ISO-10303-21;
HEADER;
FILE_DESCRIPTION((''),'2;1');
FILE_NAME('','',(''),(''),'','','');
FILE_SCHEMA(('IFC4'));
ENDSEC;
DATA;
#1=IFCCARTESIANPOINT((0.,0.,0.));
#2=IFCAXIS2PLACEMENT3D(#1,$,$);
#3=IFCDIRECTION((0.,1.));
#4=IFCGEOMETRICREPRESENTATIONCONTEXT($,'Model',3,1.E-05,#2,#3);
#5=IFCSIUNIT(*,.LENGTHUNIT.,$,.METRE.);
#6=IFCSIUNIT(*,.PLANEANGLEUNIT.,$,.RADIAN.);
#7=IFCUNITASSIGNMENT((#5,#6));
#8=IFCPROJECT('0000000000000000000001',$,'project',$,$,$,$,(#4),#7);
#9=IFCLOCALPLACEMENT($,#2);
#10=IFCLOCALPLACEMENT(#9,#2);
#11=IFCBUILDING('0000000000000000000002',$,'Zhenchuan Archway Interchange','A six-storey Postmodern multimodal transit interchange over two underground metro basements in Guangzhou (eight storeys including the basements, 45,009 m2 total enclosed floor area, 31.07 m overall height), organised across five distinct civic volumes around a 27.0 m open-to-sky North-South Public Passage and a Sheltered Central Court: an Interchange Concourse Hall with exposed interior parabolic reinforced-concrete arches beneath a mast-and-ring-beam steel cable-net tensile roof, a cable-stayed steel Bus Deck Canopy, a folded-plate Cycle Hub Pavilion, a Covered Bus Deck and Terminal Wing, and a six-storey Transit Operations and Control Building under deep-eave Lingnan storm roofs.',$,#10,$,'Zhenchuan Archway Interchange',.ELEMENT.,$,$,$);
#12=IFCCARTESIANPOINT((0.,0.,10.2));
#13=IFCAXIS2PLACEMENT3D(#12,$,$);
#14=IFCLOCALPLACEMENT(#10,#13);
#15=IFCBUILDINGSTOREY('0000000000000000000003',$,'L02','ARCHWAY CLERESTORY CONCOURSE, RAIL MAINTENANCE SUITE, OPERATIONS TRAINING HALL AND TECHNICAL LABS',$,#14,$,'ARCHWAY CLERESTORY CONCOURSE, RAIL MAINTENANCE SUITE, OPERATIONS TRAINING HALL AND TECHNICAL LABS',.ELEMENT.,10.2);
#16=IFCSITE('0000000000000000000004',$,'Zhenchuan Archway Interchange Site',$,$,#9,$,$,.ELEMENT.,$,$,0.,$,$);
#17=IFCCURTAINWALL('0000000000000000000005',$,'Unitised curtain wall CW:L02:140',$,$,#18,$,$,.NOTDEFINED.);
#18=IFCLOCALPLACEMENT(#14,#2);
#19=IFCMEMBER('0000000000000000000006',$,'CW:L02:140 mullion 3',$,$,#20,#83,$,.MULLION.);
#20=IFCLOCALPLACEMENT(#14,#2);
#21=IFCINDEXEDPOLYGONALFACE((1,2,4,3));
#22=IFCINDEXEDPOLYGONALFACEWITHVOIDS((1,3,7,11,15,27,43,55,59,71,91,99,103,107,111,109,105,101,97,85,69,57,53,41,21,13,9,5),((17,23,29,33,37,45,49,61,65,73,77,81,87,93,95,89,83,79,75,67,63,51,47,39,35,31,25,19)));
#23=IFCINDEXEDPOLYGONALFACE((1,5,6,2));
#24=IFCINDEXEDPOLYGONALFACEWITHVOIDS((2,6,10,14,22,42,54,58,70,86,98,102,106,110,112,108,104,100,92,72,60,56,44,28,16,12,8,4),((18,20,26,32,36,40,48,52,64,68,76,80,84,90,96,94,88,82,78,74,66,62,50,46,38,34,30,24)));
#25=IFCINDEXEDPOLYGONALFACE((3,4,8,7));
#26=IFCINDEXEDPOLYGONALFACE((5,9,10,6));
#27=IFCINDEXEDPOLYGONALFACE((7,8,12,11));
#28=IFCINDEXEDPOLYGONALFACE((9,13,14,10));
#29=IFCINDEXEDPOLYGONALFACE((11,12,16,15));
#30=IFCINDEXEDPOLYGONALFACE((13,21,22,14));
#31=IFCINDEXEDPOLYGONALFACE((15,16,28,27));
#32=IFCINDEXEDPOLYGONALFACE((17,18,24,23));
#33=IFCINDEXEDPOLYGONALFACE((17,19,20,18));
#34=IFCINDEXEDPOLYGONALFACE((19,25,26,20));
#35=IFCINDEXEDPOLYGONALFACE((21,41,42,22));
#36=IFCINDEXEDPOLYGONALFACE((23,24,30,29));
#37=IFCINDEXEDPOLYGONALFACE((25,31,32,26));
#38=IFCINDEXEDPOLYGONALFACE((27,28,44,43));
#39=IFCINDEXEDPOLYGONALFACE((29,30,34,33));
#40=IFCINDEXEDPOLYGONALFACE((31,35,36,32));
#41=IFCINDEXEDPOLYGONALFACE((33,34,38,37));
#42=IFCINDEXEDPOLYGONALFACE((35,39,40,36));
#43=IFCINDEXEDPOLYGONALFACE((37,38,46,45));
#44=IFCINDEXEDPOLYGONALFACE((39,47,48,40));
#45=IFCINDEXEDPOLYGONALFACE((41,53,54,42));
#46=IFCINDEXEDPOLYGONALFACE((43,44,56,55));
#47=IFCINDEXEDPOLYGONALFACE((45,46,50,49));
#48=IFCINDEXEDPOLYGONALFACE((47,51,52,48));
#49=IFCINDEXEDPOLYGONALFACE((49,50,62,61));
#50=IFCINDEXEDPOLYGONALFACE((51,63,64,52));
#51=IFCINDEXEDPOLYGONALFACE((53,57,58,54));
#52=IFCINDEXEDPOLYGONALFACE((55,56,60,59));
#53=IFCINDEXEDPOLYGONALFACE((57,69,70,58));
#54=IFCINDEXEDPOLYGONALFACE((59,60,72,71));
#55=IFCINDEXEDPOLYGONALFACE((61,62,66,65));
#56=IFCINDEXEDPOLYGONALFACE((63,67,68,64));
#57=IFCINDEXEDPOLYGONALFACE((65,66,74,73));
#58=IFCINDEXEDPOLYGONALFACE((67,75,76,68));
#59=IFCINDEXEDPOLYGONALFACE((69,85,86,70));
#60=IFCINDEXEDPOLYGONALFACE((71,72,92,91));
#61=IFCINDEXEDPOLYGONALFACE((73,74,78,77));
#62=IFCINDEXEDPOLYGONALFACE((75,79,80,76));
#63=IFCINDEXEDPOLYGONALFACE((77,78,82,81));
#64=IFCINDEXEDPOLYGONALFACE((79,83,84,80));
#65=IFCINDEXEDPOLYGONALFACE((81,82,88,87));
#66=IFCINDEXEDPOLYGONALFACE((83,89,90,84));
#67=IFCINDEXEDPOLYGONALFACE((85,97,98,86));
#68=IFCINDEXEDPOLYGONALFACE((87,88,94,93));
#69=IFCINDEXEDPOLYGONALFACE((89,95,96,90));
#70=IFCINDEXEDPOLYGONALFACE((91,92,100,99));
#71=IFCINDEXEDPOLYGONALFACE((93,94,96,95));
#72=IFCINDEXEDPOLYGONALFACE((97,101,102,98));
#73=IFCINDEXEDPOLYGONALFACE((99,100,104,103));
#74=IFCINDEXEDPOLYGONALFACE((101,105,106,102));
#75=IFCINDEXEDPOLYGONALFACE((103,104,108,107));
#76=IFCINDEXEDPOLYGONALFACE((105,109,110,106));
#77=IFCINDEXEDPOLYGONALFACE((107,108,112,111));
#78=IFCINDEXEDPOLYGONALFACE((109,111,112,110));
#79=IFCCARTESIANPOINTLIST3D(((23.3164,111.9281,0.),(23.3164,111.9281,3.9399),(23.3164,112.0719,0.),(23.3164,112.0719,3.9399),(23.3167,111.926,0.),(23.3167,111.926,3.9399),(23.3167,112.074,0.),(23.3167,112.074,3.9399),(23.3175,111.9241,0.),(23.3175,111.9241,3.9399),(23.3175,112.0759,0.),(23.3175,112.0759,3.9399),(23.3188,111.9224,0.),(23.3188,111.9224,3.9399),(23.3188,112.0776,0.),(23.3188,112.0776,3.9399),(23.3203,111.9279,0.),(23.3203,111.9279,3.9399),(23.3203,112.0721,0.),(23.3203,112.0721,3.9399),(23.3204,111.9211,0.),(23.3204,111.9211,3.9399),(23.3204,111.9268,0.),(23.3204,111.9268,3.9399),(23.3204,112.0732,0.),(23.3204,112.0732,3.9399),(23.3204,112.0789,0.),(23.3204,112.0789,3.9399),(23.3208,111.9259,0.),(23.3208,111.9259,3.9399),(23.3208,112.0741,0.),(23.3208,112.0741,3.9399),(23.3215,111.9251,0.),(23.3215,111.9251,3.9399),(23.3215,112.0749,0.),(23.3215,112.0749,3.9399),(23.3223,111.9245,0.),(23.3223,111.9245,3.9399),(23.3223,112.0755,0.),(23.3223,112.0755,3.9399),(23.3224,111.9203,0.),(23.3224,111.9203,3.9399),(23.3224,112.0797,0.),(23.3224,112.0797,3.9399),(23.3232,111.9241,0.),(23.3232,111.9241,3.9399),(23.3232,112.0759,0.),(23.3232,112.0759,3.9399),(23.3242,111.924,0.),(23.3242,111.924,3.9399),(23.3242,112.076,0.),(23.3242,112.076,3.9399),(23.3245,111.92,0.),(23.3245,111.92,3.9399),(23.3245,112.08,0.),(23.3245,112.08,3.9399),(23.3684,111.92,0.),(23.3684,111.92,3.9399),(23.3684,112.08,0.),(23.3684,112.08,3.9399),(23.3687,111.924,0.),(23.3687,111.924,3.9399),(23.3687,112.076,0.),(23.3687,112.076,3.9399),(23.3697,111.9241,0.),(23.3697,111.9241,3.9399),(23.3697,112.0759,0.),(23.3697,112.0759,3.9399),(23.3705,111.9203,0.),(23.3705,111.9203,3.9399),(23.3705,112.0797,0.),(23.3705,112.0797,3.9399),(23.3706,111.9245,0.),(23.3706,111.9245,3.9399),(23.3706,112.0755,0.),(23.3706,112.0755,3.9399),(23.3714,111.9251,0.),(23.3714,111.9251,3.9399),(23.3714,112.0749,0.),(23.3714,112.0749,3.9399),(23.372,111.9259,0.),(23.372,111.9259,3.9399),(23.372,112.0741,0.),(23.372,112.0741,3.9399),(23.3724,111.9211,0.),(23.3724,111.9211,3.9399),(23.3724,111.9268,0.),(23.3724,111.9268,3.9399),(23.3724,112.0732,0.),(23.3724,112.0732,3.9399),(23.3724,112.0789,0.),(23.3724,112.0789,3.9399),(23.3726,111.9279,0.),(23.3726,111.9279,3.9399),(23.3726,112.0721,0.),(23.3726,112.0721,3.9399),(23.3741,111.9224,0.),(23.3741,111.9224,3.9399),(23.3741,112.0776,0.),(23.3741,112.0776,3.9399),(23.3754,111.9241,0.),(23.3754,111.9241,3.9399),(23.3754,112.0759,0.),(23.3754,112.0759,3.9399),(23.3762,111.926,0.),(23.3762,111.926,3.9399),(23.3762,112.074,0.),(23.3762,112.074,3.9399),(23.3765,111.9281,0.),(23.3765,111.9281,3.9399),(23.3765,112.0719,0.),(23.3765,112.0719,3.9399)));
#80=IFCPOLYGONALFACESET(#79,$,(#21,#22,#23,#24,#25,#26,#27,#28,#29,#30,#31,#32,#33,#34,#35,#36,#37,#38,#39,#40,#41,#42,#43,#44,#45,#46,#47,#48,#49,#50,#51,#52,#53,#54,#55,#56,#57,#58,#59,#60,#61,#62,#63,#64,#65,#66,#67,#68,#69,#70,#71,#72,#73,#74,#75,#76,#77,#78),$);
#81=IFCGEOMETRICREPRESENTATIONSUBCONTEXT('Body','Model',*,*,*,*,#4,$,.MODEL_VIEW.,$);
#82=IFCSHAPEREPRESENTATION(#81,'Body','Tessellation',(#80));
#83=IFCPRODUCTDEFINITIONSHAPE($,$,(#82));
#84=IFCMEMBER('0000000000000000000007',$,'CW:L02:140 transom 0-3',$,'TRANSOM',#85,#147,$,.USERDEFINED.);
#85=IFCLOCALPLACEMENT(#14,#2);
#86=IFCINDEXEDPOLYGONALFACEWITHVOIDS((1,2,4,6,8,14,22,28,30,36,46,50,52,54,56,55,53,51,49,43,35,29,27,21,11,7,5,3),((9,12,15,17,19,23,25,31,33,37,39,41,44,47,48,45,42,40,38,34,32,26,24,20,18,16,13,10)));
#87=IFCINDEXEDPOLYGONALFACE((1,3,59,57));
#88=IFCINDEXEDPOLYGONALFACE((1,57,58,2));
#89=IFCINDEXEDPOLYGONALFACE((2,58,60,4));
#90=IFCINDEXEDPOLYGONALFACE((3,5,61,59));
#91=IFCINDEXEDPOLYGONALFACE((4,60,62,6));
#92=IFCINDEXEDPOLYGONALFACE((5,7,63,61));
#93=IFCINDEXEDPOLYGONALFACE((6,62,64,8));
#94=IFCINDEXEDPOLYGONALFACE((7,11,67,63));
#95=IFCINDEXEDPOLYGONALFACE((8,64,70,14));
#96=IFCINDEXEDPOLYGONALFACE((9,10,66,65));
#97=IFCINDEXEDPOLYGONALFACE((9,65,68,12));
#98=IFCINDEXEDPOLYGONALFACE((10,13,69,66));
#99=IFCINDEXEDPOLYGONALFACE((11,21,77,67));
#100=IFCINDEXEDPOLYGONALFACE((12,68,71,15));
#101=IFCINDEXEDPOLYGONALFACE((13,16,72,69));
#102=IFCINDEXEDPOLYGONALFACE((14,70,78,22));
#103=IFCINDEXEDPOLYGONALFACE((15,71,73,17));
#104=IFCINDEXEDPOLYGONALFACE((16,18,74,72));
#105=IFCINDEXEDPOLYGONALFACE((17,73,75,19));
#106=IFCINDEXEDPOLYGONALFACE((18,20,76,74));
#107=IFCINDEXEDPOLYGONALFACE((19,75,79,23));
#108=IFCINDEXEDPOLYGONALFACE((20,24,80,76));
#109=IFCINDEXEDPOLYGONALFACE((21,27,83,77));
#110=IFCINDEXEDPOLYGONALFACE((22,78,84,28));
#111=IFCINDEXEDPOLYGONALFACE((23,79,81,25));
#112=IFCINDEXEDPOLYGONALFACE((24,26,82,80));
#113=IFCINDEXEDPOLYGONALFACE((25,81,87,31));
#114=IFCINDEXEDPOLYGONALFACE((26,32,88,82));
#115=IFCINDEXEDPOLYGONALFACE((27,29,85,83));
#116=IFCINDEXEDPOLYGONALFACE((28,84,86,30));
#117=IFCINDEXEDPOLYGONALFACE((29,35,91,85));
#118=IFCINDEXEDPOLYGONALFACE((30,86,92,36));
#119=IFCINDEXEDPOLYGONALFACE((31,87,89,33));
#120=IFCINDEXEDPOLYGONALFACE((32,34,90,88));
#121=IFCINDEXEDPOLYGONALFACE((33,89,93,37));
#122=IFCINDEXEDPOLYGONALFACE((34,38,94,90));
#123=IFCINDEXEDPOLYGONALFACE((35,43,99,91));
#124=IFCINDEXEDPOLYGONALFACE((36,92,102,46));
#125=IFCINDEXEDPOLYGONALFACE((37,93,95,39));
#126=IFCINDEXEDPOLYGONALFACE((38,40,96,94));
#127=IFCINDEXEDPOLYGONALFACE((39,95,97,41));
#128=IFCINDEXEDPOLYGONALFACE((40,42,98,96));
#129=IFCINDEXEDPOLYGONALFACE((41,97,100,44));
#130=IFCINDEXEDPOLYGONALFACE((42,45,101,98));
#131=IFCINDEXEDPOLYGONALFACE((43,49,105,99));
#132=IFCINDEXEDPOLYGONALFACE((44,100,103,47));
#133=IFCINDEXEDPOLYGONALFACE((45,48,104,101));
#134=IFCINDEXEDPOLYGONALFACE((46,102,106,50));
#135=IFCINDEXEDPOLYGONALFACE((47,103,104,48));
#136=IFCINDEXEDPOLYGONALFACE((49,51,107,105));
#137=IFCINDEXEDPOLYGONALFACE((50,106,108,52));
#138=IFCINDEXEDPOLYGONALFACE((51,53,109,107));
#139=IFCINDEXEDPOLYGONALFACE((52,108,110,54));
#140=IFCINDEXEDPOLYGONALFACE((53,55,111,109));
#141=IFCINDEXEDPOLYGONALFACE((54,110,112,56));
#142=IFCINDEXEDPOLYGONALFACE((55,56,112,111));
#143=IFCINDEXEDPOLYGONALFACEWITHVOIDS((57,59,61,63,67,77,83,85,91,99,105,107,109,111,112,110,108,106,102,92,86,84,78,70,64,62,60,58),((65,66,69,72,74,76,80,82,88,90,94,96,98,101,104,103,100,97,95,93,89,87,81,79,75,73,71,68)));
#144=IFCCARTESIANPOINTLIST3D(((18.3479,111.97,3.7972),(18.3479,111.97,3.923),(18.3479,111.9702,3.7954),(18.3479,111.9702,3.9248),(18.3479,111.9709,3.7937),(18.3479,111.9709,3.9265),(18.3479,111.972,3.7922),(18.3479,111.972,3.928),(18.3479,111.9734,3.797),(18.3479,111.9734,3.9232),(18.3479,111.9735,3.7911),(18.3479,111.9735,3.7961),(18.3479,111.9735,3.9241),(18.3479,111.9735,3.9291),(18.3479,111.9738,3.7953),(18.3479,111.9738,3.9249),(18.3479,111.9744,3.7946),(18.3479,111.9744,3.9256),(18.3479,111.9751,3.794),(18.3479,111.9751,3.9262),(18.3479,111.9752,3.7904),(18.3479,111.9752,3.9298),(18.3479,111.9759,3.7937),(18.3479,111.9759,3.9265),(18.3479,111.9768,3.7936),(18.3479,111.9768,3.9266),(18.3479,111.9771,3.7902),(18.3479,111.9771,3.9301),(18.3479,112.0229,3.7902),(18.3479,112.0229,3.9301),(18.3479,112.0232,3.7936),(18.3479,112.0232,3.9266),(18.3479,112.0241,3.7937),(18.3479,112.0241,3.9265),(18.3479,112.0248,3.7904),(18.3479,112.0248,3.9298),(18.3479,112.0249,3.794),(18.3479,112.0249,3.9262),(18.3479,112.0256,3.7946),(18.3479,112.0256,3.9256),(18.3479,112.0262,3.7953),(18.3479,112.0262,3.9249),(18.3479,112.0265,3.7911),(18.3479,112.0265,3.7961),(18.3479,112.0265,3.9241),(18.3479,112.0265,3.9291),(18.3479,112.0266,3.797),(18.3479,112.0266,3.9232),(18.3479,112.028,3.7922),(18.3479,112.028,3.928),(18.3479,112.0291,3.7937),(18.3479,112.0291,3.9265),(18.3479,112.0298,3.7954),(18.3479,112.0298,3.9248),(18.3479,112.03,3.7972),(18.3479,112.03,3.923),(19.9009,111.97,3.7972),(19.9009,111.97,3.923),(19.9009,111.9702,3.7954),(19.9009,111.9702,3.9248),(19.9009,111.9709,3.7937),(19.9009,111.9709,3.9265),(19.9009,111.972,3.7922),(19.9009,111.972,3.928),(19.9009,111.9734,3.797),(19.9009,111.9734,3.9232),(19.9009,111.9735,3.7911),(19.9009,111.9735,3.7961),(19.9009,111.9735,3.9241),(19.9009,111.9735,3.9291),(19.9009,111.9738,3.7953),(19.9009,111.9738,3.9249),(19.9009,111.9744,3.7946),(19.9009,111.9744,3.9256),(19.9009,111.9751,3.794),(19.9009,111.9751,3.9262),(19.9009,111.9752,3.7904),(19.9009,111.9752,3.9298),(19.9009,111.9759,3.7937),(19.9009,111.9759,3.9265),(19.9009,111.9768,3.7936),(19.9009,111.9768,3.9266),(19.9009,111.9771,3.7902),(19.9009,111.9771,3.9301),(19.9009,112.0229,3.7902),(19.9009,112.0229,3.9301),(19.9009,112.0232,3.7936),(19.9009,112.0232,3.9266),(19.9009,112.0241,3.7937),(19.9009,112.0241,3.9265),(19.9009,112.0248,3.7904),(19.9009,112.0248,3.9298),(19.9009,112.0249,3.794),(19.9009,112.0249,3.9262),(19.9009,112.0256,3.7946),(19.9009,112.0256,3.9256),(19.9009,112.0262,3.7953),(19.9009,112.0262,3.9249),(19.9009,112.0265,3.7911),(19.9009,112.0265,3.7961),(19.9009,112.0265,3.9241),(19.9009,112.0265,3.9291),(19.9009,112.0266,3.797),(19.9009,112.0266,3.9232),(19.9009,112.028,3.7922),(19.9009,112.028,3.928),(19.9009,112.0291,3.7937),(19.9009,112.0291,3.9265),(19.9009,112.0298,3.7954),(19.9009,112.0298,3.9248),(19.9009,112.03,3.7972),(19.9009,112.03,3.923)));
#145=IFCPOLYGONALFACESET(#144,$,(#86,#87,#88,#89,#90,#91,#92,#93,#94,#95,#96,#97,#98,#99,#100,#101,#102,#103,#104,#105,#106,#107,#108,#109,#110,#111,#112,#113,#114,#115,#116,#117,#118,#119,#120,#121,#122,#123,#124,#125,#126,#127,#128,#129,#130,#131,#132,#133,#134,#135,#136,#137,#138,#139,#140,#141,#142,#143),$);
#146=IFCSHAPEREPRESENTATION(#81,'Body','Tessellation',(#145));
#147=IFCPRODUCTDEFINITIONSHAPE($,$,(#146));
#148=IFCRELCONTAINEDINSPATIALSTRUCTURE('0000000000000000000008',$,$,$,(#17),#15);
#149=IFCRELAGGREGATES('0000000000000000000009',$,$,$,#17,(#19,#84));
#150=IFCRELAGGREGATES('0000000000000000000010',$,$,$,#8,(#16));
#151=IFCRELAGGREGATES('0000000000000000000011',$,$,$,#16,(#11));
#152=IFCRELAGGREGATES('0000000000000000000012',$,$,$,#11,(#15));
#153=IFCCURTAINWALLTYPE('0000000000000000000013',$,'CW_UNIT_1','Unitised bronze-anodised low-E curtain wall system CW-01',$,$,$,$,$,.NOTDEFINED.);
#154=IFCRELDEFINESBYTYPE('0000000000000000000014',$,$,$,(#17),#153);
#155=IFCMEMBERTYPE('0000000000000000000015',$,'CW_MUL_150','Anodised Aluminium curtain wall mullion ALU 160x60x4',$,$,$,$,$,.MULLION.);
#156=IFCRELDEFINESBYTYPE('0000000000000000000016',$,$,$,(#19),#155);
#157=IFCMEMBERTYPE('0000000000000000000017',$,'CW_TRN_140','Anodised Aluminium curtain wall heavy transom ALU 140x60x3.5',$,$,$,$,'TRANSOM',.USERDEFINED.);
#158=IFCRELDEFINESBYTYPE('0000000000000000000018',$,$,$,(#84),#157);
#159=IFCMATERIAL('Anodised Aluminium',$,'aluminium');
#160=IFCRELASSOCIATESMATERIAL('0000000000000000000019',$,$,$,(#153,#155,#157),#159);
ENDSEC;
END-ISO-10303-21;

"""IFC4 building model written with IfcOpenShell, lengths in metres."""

from ifc_helpers import new_model, si_unit, direction, frame, origin, origin_2d, place, context, subcontext, project, spatial, hollow_rectangle, extrude, material, material_profile, profile_set, type_object, element, aggregate, save


model = new_model("IFC4")

# Units and contexts
model_context = context("Model", 3, precision=1e-05, world=origin(), true_north=direction((0.0, 1.0)))
body_context = subcontext(model_context, "Body", "Model", "MODEL_VIEW")
ifc_project = project(units=[si_unit("LENGTHUNIT", "METRE"), si_unit("PLANEANGLEUNIT", "RADIAN")], contexts=[model_context])

# Site, building, storey
site_placement = place(None, origin())
site = spatial("IfcSite", under=ifc_project, at=site_placement, Name="Zhenchuan Archway Interchange Site", CompositionType="ELEMENT", RefElevation=0.0)
building_placement = place(site_placement, origin())
building = spatial("IfcBuilding", under=site, at=building_placement, Name="Zhenchuan Archway Interchange", Description="A six-storey Postmodern multimodal transit interchange over two underground metro basements in Guangzhou (eight storeys including the basements, 45,009 m2 total enclosed floor area, 31.07 m overall height), organised across five distinct civic volumes around a 27.0 m open-to-sky North-South Public Passage and a Sheltered Central Court: an Interchange Concourse Hall with exposed interior parabolic reinforced-concrete arches beneath a mast-and-ring-beam steel cable-net tensile roof, a cable-stayed steel Bus Deck Canopy, a folded-plate Cycle Hub Pavilion, a Covered Bus Deck and Terminal Wing, and a six-storey Transit Operations and Control Building under deep-eave Lingnan storm roofs.", LongName="Zhenchuan Archway Interchange", CompositionType="ELEMENT")
storey_placement = place(building_placement, frame((0.0, 0.0, 10.2)))
storey = spatial("IfcBuildingStorey", under=building, at=storey_placement, Name="L02", Description="ARCHWAY CLERESTORY CONCOURSE, RAIL MAINTENANCE SUITE, OPERATIONS TRAINING HALL AND TECHNICAL LABS", LongName="ARCHWAY CLERESTORY CONCOURSE, RAIL MAINTENANCE SUITE, OPERATIONS TRAINING HALL AND TECHNICAL LABS", CompositionType="ELEMENT", Elevation=10.2)

# Curtain wall, members
ifc_material_1 = material(Name="Anodised Aluminium", Category="aluminium")
curtain_wall_type = type_object("IfcCurtainWallType", Name="CW_UNIT_1", Description="Unitised bronze-anodised low-E curtain wall system CW-01", PredefinedType="NOTDEFINED", material=ifc_material_1)
curtain_wall_placement = place(storey_placement, origin())
curtain_wall = element("IfcCurtainWall", 1, at=curtain_wall_placement, inside=storey, type_object=curtain_wall_type, Name="Unitised curtain wall CW:L02:140", PredefinedType="NOTDEFINED")
ifc_material_profile_1 = material_profile(ifc_material_1, hollow_rectangle(XDim=0.0601, YDim=0.1599, WallThickness=0.0039, InnerFilletRadius=0.0039, OuterFilletRadius=0.0081, at=origin_2d()), Name="ALU 160x60x4")
ifc_profile_set_1 = profile_set([ifc_material_profile_1], Name="Anodised Aluminium")
member_type_1 = type_object("IfcMemberType", Name="CW_MUL_150", Description="Anodised Aluminium curtain wall mullion ALU 160x60x4", PredefinedType="MULLION", material=ifc_profile_set_1)
member_1_placement = place(storey_placement, frame((23.3464, 112.0, 0.0), z_axis=(0.0, 0.0, 1.0), x_axis=(1.0, 0.0, 0.0)))
member_1 = element("IfcMember", 2, at=member_1_placement, type_object=member_type_1, Name="CW:L02:140 mullion 3", PredefinedType="MULLION", context=body_context, shape_type="SweptSolid", body=[
    extrude(hollow_rectangle(XDim=0.0601, YDim=0.1599, WallThickness=0.0039, InnerFilletRadius=0.0039, OuterFilletRadius=0.0081, at=origin_2d()), origin(), (0.0, 0.0, 1.0), 3.9399),
])
ifc_material_profile_2 = material_profile(ifc_material_1, hollow_rectangle(XDim=0.0601, YDim=0.1399, WallThickness=0.0034, InnerFilletRadius=0.0034, OuterFilletRadius=0.0071, at=origin_2d()), Name="ALU 140x60x3.5")
ifc_profile_set_2 = profile_set([ifc_material_profile_2], Name="Anodised Aluminium")
member_type_2 = type_object("IfcMemberType", Name="CW_TRN_140", Description="Anodised Aluminium curtain wall heavy transom ALU 140x60x3.5", ElementType="TRANSOM", PredefinedType="USERDEFINED", material=ifc_profile_set_2)
member_2_placement = place(storey_placement, frame((18.3479, 112.0, 3.8601), z_axis=(1.0, 0.0, 0.0), x_axis=(0.0, 1.0, 0.0)))
member_2 = element("IfcMember", 3, at=member_2_placement, type_object=member_type_2, Name="CW:L02:140 transom 0-3", ObjectType="TRANSOM", PredefinedType="USERDEFINED", context=body_context, shape_type="SweptSolid", body=[
    extrude(hollow_rectangle(XDim=0.0601, YDim=0.1399, WallThickness=0.0034, InnerFilletRadius=0.0034, OuterFilletRadius=0.0071, at=origin_2d()), origin(), (0.0, 0.0, 1.0), 1.553),
])
aggregate(curtain_wall, [member_1, member_2])

save(model, "model.ifc")
